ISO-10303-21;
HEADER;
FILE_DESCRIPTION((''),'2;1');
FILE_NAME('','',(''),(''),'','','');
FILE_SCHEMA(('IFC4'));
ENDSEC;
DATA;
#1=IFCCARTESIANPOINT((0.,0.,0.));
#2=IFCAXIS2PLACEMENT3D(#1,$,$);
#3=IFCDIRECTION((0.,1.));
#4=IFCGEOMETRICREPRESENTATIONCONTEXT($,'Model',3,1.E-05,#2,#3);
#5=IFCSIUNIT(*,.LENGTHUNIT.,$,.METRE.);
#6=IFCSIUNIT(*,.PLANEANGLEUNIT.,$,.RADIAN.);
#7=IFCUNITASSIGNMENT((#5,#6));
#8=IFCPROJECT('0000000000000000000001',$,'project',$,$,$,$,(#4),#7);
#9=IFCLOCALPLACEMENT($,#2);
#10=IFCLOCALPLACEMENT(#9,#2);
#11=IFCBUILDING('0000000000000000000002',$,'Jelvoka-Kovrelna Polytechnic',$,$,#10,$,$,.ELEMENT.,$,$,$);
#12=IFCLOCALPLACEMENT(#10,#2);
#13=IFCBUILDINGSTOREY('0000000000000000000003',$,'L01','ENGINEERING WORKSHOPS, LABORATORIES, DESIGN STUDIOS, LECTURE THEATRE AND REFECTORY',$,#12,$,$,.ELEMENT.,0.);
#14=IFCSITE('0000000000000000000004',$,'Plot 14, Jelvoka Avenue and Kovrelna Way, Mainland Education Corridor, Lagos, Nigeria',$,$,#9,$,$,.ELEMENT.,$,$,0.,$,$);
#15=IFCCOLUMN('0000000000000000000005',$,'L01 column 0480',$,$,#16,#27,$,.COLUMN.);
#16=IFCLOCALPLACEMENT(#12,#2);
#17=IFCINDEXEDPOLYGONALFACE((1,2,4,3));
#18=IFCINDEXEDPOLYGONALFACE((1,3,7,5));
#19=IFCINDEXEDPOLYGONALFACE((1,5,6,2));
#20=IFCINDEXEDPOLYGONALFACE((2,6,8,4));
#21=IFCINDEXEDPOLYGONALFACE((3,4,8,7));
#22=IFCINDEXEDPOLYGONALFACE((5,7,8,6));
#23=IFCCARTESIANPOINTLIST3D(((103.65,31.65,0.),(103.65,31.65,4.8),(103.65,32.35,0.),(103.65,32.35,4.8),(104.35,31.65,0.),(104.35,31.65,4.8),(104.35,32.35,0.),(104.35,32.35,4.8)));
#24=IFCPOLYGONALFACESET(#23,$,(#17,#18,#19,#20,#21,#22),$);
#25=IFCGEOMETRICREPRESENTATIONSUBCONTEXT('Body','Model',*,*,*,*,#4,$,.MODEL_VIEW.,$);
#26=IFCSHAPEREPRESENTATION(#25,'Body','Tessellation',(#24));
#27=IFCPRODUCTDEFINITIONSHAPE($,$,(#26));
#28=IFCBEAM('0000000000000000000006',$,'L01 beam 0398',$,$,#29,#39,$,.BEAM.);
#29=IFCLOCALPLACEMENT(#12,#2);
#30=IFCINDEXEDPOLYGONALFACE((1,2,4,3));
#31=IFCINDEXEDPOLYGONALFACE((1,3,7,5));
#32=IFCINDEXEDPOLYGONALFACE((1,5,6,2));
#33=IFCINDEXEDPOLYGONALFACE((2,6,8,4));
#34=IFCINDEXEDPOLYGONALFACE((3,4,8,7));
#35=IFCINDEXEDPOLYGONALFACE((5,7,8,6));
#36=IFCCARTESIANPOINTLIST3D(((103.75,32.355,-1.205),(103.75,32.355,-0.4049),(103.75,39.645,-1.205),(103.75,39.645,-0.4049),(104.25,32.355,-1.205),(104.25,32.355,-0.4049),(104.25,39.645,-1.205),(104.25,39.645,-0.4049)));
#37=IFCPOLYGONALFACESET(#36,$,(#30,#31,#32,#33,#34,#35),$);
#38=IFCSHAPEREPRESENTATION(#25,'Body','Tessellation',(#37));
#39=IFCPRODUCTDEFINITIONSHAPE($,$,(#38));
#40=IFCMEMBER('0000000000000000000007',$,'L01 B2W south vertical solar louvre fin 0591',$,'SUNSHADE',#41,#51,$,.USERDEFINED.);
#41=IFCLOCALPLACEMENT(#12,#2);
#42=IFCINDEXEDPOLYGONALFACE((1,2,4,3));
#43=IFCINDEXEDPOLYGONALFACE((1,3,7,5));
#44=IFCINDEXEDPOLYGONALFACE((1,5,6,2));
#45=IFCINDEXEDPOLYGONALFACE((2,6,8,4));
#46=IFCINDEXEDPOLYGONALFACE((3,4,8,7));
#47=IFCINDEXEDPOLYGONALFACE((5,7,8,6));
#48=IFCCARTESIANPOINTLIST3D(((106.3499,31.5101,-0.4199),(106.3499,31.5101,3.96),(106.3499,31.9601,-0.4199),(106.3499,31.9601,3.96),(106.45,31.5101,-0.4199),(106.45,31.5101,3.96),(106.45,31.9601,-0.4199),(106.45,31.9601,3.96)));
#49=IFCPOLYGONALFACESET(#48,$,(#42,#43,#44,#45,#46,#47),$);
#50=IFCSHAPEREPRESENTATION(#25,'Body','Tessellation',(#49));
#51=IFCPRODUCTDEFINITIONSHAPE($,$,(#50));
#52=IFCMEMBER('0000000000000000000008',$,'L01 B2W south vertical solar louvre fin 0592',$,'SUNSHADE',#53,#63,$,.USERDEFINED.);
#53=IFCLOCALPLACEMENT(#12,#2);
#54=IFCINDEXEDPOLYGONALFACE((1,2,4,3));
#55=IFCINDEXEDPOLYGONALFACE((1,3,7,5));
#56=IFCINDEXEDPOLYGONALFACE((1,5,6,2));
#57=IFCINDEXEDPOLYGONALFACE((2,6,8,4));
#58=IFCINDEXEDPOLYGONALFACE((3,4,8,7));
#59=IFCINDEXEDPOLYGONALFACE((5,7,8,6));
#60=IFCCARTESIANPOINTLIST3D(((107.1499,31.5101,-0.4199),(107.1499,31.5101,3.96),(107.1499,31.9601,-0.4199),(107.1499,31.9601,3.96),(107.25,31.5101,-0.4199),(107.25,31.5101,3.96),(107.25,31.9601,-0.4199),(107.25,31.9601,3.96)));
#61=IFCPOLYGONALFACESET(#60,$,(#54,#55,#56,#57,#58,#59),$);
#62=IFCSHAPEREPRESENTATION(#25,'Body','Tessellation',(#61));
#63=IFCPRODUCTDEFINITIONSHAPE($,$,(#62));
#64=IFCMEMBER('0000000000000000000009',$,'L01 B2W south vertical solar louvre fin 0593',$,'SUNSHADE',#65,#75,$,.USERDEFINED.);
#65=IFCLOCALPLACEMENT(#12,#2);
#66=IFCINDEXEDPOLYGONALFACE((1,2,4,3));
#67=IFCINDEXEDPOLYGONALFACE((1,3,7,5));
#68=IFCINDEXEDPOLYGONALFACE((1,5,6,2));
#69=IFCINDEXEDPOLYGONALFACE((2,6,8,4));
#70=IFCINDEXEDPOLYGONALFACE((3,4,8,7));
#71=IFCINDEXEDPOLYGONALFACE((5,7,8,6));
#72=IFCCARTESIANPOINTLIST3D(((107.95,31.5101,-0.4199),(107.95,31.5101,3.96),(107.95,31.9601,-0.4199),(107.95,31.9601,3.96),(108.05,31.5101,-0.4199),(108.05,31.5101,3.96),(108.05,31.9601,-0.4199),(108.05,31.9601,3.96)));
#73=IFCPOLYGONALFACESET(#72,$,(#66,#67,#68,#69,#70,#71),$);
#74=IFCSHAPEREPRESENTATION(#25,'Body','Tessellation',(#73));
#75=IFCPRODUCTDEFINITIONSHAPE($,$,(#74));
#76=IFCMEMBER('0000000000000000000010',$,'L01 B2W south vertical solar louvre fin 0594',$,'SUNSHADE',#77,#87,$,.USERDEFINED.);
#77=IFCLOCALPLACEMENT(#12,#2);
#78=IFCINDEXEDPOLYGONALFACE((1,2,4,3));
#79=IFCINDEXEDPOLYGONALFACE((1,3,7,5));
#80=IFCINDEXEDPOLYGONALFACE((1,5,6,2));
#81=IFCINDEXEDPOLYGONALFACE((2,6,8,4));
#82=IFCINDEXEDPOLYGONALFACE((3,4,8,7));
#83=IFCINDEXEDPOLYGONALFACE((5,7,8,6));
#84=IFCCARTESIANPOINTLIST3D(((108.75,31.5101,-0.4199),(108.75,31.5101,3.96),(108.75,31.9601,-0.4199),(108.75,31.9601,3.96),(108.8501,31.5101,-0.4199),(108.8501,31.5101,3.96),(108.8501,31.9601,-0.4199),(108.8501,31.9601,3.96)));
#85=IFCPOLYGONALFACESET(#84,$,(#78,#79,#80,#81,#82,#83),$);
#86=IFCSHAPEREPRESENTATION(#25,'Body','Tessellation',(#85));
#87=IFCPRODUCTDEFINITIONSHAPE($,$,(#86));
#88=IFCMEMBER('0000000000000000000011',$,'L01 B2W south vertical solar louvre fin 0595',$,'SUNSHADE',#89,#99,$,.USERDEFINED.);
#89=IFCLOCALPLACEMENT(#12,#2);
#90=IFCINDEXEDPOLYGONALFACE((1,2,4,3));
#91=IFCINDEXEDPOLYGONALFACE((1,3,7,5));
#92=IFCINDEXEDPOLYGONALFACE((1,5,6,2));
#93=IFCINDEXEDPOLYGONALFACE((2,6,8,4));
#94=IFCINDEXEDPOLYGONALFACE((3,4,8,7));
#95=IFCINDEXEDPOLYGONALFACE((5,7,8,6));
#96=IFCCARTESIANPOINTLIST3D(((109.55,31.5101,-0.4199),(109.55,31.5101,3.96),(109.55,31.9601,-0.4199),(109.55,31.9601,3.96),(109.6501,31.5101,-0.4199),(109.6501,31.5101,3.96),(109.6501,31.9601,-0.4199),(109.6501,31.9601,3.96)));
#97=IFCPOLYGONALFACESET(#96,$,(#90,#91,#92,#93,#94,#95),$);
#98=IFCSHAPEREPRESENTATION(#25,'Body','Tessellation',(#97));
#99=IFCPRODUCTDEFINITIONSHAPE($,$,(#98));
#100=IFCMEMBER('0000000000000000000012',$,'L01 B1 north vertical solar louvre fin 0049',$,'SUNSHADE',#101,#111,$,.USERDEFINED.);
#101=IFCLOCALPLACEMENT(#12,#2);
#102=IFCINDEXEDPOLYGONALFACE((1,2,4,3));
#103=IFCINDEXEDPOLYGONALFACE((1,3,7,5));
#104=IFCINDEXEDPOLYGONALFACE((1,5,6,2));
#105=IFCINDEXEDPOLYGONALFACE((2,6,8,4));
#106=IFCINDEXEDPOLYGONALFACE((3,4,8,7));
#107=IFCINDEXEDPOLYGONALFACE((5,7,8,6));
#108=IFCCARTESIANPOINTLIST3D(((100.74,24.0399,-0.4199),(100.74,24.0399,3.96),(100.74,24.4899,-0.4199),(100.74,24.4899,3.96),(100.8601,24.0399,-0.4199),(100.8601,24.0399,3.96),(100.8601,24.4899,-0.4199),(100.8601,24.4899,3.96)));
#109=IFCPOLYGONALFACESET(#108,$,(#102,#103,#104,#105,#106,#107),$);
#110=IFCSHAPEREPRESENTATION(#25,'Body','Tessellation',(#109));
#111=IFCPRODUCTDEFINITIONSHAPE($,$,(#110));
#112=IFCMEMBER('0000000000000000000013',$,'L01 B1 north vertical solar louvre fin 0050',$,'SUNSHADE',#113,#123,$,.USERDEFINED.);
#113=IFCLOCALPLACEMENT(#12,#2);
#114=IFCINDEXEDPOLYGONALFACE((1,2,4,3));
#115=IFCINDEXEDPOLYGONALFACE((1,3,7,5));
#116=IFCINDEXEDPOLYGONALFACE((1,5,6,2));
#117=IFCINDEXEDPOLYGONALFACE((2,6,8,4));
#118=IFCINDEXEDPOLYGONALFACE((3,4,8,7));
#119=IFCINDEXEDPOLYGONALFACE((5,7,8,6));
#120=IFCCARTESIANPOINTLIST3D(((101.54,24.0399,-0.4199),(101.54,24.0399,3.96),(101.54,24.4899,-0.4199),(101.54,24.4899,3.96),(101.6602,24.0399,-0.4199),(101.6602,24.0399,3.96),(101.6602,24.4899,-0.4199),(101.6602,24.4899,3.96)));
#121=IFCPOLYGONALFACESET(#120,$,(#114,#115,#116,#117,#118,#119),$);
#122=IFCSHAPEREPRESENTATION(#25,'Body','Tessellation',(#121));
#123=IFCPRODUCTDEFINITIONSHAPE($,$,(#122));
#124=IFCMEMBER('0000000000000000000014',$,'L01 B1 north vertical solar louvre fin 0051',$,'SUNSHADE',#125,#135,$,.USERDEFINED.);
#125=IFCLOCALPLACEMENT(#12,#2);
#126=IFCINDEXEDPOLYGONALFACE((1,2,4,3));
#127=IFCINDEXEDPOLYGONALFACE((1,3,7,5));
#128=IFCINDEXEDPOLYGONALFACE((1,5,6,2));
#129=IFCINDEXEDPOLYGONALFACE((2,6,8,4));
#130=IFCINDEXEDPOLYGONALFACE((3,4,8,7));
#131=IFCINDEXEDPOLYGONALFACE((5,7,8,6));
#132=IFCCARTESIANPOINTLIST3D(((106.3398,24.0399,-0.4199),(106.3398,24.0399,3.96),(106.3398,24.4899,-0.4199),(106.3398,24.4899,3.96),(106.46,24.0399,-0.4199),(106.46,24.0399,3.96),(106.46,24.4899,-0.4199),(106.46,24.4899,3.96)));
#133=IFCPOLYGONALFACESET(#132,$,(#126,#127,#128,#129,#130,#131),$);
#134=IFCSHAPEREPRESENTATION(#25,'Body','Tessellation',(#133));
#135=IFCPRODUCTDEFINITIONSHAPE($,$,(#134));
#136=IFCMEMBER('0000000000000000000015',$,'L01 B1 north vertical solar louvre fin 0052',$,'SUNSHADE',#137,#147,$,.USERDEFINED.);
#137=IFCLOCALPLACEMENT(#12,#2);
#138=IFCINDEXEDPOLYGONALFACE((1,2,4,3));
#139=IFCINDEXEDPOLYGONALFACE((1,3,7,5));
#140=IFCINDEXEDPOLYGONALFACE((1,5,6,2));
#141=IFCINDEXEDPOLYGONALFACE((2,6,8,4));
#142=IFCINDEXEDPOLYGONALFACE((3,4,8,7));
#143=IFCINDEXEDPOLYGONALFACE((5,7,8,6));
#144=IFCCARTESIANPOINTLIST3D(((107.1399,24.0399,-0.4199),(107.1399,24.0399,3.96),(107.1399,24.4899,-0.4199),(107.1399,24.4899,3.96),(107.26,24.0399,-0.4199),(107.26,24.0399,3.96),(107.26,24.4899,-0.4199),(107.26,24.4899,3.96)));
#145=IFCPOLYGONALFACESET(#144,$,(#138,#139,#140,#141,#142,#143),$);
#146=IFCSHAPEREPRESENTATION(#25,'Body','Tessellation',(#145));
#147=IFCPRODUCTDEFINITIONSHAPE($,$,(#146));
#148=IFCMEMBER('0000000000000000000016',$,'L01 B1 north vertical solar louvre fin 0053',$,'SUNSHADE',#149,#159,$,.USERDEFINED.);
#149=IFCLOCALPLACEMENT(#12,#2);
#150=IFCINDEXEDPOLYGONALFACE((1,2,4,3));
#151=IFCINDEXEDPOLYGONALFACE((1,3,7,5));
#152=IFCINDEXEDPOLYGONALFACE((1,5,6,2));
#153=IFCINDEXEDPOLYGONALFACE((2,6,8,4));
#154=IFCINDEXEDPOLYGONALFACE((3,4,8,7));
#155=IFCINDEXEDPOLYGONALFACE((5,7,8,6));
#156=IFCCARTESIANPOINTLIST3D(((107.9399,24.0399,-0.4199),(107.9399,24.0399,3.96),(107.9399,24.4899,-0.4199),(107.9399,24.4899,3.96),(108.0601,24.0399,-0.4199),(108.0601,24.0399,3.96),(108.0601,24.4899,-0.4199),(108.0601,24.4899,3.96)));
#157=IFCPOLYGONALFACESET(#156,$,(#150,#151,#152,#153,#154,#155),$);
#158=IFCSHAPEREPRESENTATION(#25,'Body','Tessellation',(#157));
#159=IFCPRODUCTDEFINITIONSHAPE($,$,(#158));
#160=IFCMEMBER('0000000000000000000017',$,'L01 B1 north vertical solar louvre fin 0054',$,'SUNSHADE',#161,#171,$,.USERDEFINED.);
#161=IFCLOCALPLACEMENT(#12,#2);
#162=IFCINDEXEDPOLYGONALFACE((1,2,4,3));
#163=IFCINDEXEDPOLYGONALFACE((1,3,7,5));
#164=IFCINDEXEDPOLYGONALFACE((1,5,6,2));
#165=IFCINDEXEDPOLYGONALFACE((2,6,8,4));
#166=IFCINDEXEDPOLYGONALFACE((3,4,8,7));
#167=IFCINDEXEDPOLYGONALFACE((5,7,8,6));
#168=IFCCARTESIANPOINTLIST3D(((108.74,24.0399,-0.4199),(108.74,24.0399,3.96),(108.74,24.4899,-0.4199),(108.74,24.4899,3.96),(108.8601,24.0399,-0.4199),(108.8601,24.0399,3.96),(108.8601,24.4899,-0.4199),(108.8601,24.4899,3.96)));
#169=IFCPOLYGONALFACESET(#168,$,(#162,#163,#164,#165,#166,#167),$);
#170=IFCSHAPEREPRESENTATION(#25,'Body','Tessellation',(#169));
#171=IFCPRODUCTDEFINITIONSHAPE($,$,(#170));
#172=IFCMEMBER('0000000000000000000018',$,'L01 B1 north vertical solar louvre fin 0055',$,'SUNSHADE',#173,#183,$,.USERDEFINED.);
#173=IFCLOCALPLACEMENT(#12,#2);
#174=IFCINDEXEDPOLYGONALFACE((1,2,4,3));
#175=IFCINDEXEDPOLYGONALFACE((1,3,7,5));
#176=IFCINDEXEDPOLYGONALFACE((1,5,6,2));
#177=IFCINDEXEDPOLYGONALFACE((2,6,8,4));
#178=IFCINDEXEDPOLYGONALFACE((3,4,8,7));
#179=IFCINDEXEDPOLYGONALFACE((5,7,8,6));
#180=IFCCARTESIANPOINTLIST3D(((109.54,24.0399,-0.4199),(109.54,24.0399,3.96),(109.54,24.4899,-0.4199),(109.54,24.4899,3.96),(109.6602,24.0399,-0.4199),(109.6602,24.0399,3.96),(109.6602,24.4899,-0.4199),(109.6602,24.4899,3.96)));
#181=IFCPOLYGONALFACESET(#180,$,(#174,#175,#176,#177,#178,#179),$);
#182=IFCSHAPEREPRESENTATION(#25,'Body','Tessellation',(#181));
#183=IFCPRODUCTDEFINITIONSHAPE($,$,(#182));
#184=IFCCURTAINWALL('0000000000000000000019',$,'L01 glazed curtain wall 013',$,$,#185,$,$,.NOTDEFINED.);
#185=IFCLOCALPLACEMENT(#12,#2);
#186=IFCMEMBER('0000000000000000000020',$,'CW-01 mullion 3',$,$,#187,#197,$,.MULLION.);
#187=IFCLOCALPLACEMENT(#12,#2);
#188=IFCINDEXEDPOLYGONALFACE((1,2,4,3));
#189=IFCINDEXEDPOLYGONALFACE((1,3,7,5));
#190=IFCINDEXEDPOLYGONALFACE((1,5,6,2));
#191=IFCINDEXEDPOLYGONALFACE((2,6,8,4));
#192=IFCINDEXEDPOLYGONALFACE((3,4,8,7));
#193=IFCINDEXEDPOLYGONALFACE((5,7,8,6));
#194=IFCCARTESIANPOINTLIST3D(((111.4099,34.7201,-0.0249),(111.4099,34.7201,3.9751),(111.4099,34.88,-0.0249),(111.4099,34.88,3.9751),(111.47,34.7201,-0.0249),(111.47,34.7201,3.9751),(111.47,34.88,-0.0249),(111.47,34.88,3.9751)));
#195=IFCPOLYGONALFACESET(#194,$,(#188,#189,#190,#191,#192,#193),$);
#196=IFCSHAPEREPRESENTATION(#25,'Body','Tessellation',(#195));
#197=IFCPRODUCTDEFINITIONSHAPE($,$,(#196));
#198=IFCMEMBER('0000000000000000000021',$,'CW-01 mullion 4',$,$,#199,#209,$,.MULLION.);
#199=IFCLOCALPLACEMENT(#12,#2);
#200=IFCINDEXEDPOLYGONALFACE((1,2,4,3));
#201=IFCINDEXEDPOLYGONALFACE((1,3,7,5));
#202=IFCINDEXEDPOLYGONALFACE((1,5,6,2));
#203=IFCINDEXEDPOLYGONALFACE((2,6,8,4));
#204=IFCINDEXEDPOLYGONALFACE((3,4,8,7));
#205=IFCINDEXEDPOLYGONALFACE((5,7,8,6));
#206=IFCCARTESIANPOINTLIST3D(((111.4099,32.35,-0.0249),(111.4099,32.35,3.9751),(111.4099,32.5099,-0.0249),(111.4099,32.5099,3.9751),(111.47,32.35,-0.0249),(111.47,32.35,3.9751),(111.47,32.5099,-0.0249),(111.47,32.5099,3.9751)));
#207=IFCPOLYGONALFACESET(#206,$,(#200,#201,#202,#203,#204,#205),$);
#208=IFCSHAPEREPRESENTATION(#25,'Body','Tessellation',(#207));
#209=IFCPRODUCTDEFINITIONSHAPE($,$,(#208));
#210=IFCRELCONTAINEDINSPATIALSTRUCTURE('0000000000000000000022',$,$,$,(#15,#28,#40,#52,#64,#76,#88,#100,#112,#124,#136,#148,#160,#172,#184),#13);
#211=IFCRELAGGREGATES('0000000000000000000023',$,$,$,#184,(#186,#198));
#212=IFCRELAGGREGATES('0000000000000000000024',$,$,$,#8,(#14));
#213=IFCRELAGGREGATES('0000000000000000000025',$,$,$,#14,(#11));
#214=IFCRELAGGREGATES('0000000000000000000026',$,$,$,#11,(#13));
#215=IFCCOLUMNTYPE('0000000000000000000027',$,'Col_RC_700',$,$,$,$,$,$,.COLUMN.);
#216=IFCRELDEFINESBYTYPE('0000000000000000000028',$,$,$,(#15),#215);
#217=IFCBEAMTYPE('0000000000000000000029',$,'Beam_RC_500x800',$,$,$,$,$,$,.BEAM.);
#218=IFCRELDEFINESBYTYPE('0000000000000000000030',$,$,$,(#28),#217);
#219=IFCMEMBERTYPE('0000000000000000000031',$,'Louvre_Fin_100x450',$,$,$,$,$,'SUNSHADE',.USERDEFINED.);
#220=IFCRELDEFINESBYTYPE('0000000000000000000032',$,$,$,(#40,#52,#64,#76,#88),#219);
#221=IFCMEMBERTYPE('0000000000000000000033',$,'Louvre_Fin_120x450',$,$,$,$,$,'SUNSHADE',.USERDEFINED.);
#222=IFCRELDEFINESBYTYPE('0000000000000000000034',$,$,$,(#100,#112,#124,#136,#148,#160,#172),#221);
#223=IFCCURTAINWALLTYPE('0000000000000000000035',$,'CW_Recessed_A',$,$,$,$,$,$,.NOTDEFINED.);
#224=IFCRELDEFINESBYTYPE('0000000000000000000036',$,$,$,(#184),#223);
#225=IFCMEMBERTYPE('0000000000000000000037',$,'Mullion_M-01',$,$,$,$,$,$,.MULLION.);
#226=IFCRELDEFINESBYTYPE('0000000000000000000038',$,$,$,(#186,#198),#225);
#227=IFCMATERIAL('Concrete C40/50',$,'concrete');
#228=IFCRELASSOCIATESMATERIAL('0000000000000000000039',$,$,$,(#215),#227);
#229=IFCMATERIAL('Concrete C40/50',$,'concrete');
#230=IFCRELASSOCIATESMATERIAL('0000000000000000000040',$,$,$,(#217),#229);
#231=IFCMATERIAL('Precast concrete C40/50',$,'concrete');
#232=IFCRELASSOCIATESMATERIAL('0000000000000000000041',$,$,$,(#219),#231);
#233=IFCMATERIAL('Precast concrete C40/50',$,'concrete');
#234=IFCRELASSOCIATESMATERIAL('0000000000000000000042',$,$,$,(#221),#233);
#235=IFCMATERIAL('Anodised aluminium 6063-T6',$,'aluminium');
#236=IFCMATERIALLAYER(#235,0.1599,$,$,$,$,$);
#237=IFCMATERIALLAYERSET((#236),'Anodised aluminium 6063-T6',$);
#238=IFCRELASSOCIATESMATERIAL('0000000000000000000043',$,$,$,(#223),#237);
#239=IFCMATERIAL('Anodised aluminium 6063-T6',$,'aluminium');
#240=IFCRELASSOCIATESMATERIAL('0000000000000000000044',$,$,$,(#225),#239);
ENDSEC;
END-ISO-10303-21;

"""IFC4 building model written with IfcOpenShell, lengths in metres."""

from ifc_helpers import new_model, si_unit, direction, frame, origin, origin_2d, place, context, subcontext, project, spatial, rectangle, extrude, material, layer, layer_set, material_profile, profile_set, type_object, element, aggregate, save


model = new_model("IFC4")

# Units and contexts
model_context = context("Model", 3, precision=1e-05, world=origin(), true_north=direction((0.0, 1.0)))
body_context = subcontext(model_context, "Body", "Model", "MODEL_VIEW")
ifc_project = project(units=[si_unit("LENGTHUNIT", "METRE"), si_unit("PLANEANGLEUNIT", "RADIAN")], contexts=[model_context])

# Site, building, storey
site_placement = place(None, origin())
site = spatial("IfcSite", under=ifc_project, at=site_placement, Name="Plot 14, Jelvoka Avenue and Kovrelna Way, Mainland Education Corridor, Lagos, Nigeria", CompositionType="ELEMENT", RefElevation=0.0)
building_placement = place(site_placement, origin())
building = spatial("IfcBuilding", under=site, at=building_placement, Name="Jelvoka-Kovrelna Polytechnic", CompositionType="ELEMENT")
storey_placement = place(building_placement, origin())
storey = spatial("IfcBuildingStorey", under=building, at=storey_placement, Name="L01", Description="ENGINEERING WORKSHOPS, LABORATORIES, DESIGN STUDIOS, LECTURE THEATRE AND REFECTORY", CompositionType="ELEMENT", Elevation=0.0)

# Column
ifc_material_1 = material(Name="Concrete C40/50", Category="concrete")
ifc_material_profile_1 = material_profile(ifc_material_1, rectangle(XDim=0.7, YDim=0.7, at=origin_2d()), Name="RC 700x700")
ifc_profile_set_1 = profile_set([ifc_material_profile_1], Name="Concrete C40/50")
column_type = type_object("IfcColumnType", Name="Col_RC_700", PredefinedType="COLUMN", material=ifc_profile_set_1)
column_placement = place(storey_placement, frame((104.0, 32.0, 0.0), z_axis=(0.0, 0.0, 1.0), x_axis=(1.0, 0.0, 0.0)))
element("IfcColumn", 1, at=column_placement, inside=storey, type_object=column_type, Name="L01 column 0480", PredefinedType="COLUMN", context=body_context, shape_type="SweptSolid", body=[
    extrude(rectangle(XDim=0.7, YDim=0.7, at=origin_2d()), origin(), (0.0, 0.0, 1.0), 4.8),
])

# Beam
ifc_material_2 = material(Name="Concrete C40/50", Category="concrete")
ifc_material_profile_2 = material_profile(ifc_material_2, rectangle(XDim=0.5, YDim=0.8, at=origin_2d()), Name="RC 500x800")
ifc_profile_set_2 = profile_set([ifc_material_profile_2], Name="Concrete C40/50")
beam_type_1 = type_object("IfcBeamType", Name="Beam_RC_500x800", PredefinedType="BEAM", material=ifc_profile_set_2)
beam_1_placement = place(storey_placement, frame((104.0, 32.355, -0.8049), z_axis=(0.0, 1.0, 0.0), x_axis=(-1.0, 0.0, 0.0)))
element("IfcBeam", 2, at=beam_1_placement, inside=storey, type_object=beam_type_1, Name="L01 beam 0398", PredefinedType="BEAM", context=body_context, shape_type="SweptSolid", body=[
    extrude(rectangle(XDim=0.5, YDim=0.8, at=origin_2d()), origin(), (0.0, 0.0, 1.0), 7.29),
])

# Members
ifc_material_3 = material(Name="Precast concrete C40/50", Category="concrete")
ifc_material_profile_3 = material_profile(ifc_material_3, rectangle(XDim=0.1001, YDim=0.45, at=origin_2d()), Name="PC 100x450")
ifc_profile_set_3 = profile_set([ifc_material_profile_3], Name="Precast concrete C40/50")
member_type_1 = type_object("IfcMemberType", Name="Louvre_Fin_100x450", ElementType="SUNSHADE", PredefinedType="USERDEFINED", material=ifc_profile_set_3)
for number, where, z_axis, x_axis, name in (
    (3, (106.3999, 31.7351, -0.4199), (0.0, 0.0, 1.0), (1.0, 0.0, 0.0), "L01 B2W south vertical solar louvre fin 0591"),
    (4, (107.2, 31.7351, -0.4199), (0.0, 0.0, 1.0), (1.0, 0.0, 0.0), "L01 B2W south vertical solar louvre fin 0592"),
    (5, (108.0, 31.7351, -0.4199), (0.0, 0.0, 1.0), (1.0, 0.0, 0.0), "L01 B2W south vertical solar louvre fin 0593"),
    (6, (108.8, 31.7351, -0.4199), (0.0, 0.0, 1.0), (1.0, 0.0, 0.0), "L01 B2W south vertical solar louvre fin 0594"),
    (7, (109.6001, 31.7351, -0.4199), (0.0, 0.0, 1.0), (1.0, 0.0, 0.0), "L01 B2W south vertical solar louvre fin 0595"),
):
    element("IfcMember", number, at=place(storey_placement, frame(where, z_axis=z_axis, x_axis=x_axis)), inside=storey, type_object=member_type_1, Name=name, ObjectType="SUNSHADE", PredefinedType="USERDEFINED", context=body_context, shape_type="SweptSolid", body=[
        extrude(rectangle(XDim=0.1001, YDim=0.45, at=origin_2d()), origin(), (0.0, 0.0, 1.0), 4.3799),
    ])
ifc_material_4 = material(Name="Precast concrete C40/50", Category="concrete")
ifc_material_profile_4 = material_profile(ifc_material_4, rectangle(XDim=0.1201, YDim=0.45, at=origin_2d()), Name="PC 120x450")
ifc_profile_set_4 = profile_set([ifc_material_profile_4], Name="Precast concrete C40/50")
member_type_2 = type_object("IfcMemberType", Name="Louvre_Fin_120x450", ElementType="SUNSHADE", PredefinedType="USERDEFINED", material=ifc_profile_set_4)
for number, where, z_axis, x_axis, name in (
    (8, (100.8, 24.2649, -0.4199), (0.0, 0.0, 1.0), (1.0, 0.0, 0.0), "L01 B1 north vertical solar louvre fin 0049"),
    (9, (101.6001, 24.2649, -0.4199), (0.0, 0.0, 1.0), (1.0, 0.0, 0.0), "L01 B1 north vertical solar louvre fin 0050"),
    (10, (106.3999, 24.2649, -0.4199), (0.0, 0.0, 1.0), (1.0, 0.0, 0.0), "L01 B1 north vertical solar louvre fin 0051"),
    (11, (107.2, 24.2649, -0.4199), (0.0, 0.0, 1.0), (1.0, 0.0, 0.0), "L01 B1 north vertical solar louvre fin 0052"),
    (12, (108.0, 24.2649, -0.4199), (0.0, 0.0, 1.0), (1.0, 0.0, 0.0), "L01 B1 north vertical solar louvre fin 0053"),
    (13, (108.8, 24.2649, -0.4199), (0.0, 0.0, 1.0), (1.0, 0.0, 0.0), "L01 B1 north vertical solar louvre fin 0054"),
    (14, (109.6001, 24.2649, -0.4199), (0.0, 0.0, 1.0), (1.0, 0.0, 0.0), "L01 B1 north vertical solar louvre fin 0055"),
):
    element("IfcMember", number, at=place(storey_placement, frame(where, z_axis=z_axis, x_axis=x_axis)), inside=storey, type_object=member_type_2, Name=name, ObjectType="SUNSHADE", PredefinedType="USERDEFINED", context=body_context, shape_type="SweptSolid", body=[
        extrude(rectangle(XDim=0.1201, YDim=0.45, at=origin_2d()), origin(), (0.0, 0.0, 1.0), 4.3799),
    ])

# Curtain wall, members
ifc_material_5 = material(Name="Anodised aluminium 6063-T6", Category="aluminium")
ifc_layer_1 = layer(ifc_material_5, 0.1599)
ifc_layer_set_1 = layer_set([ifc_layer_1], Name="Anodised aluminium 6063-T6")
curtain_wall_type = type_object("IfcCurtainWallType", Name="CW_Recessed_A", PredefinedType="NOTDEFINED", material=ifc_layer_set_1)
curtain_wall_placement = place(storey_placement, origin())
curtain_wall = element("IfcCurtainWall", 15, at=curtain_wall_placement, inside=storey, type_object=curtain_wall_type, Name="L01 glazed curtain wall 013", PredefinedType="NOTDEFINED")
ifc_material_6 = material(Name="Anodised aluminium 6063-T6", Category="aluminium")
ifc_material_profile_5 = material_profile(ifc_material_6, rectangle(XDim=0.0601, YDim=0.1599, at=origin_2d()), Name="ALU 60x160")
ifc_profile_set_5 = profile_set([ifc_material_profile_5], Name="Anodised aluminium 6063-T6")
member_type_3 = type_object("IfcMemberType", Name="Mullion_M-01", PredefinedType="MULLION", material=ifc_profile_set_5)
member_1_placement = place(storey_placement, frame((111.4399, 34.8, -0.0249), z_axis=(0.0, 0.0, 1.0), x_axis=(1.0, 0.0, 0.0)))
member_1 = element("IfcMember", 16, at=member_1_placement, type_object=member_type_3, Name="CW-01 mullion 3", PredefinedType="MULLION", context=body_context, shape_type="SweptSolid", body=[
    extrude(rectangle(XDim=0.0601, YDim=0.1599, at=origin_2d()), origin(), (0.0, 0.0, 1.0), 4.0),
])
member_2_placement = place(storey_placement, frame((111.4399, 32.4299, -0.0249), z_axis=(0.0, 0.0, 1.0), x_axis=(1.0, 0.0, 0.0)))
member_2 = element("IfcMember", 17, at=member_2_placement, type_object=member_type_3, Name="CW-01 mullion 4", PredefinedType="MULLION", context=body_context, shape_type="SweptSolid", body=[
    extrude(rectangle(XDim=0.0601, YDim=0.1599, at=origin_2d()), origin(), (0.0, 0.0, 1.0), 4.0),
])

aggregate(curtain_wall, [member_1, member_2])

save(model, "model.ifc")
